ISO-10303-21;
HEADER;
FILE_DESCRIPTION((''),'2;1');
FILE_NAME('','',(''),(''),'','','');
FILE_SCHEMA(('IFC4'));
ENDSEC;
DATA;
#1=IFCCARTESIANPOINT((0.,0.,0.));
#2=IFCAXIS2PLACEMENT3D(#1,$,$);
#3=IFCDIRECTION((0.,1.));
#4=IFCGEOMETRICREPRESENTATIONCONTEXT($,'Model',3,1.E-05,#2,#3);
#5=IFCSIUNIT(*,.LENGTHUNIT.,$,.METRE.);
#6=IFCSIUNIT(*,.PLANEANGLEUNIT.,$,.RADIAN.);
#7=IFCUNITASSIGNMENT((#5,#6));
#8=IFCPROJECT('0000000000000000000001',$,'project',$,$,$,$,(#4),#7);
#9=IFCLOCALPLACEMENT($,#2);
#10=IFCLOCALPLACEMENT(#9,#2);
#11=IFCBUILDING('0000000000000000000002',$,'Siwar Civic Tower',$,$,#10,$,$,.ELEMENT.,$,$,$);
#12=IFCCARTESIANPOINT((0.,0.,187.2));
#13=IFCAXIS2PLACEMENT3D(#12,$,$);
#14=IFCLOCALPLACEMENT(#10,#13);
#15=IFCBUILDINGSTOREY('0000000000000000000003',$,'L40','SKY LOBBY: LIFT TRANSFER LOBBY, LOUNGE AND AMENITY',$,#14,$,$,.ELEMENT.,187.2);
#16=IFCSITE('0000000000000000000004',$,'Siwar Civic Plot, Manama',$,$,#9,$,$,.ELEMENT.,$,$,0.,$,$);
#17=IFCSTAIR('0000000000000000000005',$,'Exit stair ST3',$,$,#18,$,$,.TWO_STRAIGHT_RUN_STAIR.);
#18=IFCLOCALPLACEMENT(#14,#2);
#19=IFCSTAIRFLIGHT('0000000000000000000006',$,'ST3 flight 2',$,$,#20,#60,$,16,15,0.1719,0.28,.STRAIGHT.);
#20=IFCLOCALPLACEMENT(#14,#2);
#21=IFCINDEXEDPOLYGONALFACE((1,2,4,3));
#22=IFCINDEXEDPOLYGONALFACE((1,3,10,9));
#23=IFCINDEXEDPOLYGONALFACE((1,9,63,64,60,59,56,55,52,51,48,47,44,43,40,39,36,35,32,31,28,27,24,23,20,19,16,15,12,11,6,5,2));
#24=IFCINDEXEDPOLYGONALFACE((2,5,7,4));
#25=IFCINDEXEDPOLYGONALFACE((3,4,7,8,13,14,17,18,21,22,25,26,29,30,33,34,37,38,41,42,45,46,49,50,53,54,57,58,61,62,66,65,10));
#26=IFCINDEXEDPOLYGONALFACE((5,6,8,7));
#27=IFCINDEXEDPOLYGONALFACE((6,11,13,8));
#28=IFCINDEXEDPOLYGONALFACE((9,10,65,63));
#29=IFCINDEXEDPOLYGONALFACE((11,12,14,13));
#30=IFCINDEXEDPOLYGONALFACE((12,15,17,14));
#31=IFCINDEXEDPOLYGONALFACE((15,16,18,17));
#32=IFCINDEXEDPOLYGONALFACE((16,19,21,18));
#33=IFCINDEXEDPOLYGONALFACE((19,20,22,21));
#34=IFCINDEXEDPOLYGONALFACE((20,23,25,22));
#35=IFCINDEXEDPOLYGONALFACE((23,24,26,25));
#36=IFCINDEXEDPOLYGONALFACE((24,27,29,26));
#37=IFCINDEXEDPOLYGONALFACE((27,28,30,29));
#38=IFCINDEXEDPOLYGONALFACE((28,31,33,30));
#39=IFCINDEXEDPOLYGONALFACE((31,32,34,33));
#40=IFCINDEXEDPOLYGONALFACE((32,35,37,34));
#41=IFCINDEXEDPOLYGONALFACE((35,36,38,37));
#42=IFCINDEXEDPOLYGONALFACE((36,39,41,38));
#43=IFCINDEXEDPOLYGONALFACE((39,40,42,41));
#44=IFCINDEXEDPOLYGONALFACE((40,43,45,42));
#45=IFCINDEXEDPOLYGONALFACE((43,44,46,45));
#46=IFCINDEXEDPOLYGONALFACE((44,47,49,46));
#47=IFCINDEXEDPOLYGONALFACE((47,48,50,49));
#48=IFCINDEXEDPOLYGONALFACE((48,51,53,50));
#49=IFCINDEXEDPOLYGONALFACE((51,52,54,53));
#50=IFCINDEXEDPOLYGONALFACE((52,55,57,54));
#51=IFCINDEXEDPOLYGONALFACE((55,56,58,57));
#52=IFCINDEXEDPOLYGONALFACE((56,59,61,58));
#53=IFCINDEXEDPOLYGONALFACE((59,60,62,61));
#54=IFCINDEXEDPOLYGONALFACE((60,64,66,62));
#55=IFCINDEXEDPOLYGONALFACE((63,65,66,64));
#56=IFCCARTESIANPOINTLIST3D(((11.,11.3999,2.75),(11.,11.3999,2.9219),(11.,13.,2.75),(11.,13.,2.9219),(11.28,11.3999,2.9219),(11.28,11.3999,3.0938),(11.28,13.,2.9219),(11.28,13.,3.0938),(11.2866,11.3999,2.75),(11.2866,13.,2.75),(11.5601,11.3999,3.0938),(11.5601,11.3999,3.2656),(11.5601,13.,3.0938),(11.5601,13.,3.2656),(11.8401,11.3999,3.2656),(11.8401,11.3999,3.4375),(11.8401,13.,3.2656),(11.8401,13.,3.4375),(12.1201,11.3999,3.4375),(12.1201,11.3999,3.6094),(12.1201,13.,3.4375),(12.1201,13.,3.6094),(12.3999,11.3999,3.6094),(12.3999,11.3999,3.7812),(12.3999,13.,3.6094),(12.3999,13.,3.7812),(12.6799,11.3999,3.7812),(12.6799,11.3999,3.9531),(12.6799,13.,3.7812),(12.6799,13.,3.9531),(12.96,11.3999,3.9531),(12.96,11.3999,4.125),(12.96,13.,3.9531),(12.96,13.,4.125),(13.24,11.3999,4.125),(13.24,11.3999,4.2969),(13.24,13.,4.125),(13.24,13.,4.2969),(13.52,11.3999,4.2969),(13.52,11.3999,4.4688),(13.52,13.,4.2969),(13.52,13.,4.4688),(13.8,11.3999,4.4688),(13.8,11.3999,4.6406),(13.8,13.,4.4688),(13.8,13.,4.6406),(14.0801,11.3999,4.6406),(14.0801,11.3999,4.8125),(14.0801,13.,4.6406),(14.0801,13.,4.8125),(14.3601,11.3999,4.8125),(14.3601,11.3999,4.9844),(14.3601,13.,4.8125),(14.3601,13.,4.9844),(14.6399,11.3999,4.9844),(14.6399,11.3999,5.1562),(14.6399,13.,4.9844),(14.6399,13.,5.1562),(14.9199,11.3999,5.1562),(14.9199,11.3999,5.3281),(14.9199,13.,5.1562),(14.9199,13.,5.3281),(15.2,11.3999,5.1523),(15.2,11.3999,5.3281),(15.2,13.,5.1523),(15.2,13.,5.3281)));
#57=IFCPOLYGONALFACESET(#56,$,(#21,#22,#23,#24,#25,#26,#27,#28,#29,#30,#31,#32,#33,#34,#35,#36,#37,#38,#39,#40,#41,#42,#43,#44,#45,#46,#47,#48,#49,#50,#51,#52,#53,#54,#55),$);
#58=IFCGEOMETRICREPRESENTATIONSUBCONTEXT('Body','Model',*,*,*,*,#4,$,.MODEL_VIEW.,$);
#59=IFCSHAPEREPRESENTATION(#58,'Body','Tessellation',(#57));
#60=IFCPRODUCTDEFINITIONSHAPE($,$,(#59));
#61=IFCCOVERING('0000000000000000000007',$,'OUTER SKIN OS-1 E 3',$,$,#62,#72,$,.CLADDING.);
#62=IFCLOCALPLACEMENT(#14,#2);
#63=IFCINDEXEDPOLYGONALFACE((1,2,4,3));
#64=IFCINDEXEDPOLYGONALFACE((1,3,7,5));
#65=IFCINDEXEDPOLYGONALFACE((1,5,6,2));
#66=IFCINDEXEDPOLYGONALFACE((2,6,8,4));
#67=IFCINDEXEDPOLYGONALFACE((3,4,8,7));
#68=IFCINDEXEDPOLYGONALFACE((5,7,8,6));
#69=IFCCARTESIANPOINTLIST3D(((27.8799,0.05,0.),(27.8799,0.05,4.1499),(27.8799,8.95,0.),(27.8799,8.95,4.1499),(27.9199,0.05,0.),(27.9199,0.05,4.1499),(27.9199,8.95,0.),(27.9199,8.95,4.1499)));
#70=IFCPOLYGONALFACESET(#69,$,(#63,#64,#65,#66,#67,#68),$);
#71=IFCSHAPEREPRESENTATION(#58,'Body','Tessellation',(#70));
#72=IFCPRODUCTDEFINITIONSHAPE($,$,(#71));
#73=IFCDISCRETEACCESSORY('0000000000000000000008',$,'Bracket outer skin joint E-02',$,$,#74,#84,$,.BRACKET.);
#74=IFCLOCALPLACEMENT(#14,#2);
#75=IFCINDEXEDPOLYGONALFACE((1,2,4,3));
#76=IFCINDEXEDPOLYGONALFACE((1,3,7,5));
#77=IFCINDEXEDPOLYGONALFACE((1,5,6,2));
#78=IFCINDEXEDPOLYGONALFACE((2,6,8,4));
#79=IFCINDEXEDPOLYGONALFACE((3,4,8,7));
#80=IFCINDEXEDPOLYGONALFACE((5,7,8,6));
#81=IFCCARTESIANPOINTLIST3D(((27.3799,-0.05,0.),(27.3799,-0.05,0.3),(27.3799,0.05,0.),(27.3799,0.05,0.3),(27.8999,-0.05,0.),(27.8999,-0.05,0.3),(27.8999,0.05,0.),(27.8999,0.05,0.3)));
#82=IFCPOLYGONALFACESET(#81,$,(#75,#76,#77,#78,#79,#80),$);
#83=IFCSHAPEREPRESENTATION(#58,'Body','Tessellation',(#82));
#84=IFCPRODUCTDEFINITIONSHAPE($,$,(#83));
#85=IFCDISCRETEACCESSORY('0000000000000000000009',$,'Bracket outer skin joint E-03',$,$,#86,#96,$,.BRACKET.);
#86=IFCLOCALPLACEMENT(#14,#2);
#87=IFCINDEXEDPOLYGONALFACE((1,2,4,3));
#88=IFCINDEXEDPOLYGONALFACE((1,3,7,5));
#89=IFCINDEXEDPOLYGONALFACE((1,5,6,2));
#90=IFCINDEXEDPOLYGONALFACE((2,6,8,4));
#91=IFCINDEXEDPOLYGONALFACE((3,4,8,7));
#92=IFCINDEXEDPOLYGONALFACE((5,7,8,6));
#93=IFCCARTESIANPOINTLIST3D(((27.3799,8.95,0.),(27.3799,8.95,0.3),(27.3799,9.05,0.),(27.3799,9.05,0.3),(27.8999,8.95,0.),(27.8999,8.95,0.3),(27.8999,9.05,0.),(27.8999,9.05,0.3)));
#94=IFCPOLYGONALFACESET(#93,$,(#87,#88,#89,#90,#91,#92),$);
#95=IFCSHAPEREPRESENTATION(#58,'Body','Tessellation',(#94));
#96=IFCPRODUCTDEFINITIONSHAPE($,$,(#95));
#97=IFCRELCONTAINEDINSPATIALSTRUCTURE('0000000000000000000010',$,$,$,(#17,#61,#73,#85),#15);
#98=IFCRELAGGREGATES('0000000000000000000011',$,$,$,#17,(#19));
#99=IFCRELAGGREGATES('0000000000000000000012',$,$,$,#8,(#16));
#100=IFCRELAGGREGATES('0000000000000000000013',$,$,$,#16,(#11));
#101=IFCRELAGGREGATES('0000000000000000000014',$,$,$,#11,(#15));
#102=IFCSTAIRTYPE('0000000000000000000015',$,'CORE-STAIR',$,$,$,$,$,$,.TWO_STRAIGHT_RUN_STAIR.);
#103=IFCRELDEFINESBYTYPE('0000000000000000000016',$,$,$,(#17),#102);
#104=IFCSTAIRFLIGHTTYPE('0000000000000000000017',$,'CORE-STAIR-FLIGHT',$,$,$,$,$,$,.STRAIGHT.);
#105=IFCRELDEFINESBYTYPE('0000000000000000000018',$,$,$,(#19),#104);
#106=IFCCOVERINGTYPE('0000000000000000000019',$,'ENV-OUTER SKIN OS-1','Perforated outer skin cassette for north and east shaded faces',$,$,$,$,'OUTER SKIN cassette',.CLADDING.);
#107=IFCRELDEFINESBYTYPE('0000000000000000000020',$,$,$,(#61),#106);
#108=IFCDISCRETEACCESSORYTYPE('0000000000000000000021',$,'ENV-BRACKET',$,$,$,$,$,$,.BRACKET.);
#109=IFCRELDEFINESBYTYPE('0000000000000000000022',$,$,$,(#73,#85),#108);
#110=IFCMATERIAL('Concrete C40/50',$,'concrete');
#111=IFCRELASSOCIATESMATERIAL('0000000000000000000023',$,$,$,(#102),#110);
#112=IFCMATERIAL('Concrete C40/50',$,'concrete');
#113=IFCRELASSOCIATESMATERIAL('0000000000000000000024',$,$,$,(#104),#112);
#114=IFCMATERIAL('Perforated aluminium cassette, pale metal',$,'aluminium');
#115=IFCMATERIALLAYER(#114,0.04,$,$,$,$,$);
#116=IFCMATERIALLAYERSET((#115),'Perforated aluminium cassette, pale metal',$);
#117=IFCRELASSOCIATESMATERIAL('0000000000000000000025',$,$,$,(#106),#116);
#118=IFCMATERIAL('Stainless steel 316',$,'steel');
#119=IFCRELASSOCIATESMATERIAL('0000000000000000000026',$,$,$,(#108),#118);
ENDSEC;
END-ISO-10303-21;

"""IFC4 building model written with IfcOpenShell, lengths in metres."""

from ifc_helpers import new_model, si_unit, direction, frame, origin, origin_2d, place, context, subcontext, project, spatial, polyline, rectangle, outline, extrude, material, layer, layer_set, type_object, element, aggregate, save


model = new_model("IFC4")

# Units and contexts
model_context = context("Model", 3, precision=1e-05, world=origin(), true_north=direction((0.0, 1.0)))
body_context = subcontext(model_context, "Body", "Model", "MODEL_VIEW")
ifc_project = project(units=[si_unit("LENGTHUNIT", "METRE"), si_unit("PLANEANGLEUNIT", "RADIAN")], contexts=[model_context])

# Site, building, storey
site_placement = place(None, origin())
site = spatial("IfcSite", under=ifc_project, at=site_placement, Name="Siwar Civic Plot, Manama", CompositionType="ELEMENT", RefElevation=0.0)
building_placement = place(site_placement, origin())
building = spatial("IfcBuilding", under=site, at=building_placement, Name="Siwar Civic Tower", CompositionType="ELEMENT")
storey_placement = place(building_placement, frame((0.0, 0.0, 187.2)))
storey = spatial("IfcBuildingStorey", under=building, at=storey_placement, Name="L40", Description="SKY LOBBY: LIFT TRANSFER LOBBY, LOUNGE AND AMENITY", CompositionType="ELEMENT", Elevation=187.2)

# Stair, stair flight
ifc_material_1 = material(Name="Concrete C40/50", Category="concrete")
stair_type = type_object("IfcStairType", Name="CORE-STAIR", PredefinedType="TWO_STRAIGHT_RUN_STAIR", material=ifc_material_1)
stair_placement = place(storey_placement, origin())
stair = element("IfcStair", 1, at=stair_placement, inside=storey, type_object=stair_type, Name="Exit stair ST3", PredefinedType="TWO_STRAIGHT_RUN_STAIR")
ifc_material_2 = material(Name="Concrete C40/50", Category="concrete")
stair_flight_type = type_object("IfcStairFlightType", Name="CORE-STAIR-FLIGHT", PredefinedType="STRAIGHT", material=ifc_material_2)
stair_flight_1_placement = place(storey_placement, frame((11.0, 12.2, 2.75), z_axis=(0.0, 0.0, 1.0), x_axis=(1.0, 0.0, 0.0)))
stair_flight_1 = element("IfcStairFlight", 2, at=stair_flight_1_placement, type_object=stair_flight_type, Name="ST3 flight 2", NumberOfRisers=16, NumberOfTreads=15, PredefinedType="STRAIGHT", RiserHeight=0.1719, TreadLength=0.28, context=body_context, shape_type="SweptSolid", body=[
    extrude(outline(polyline([(0.0, 0.0), (0.0, 0.1719), (0.28, 0.1719), (0.28, 0.3438), (0.5601, 0.3438), (0.5601, 0.5156), (0.8401, 0.5156), (0.8401, 0.6875), (1.1201, 0.6875), (1.1201, 0.8594), (1.3999, 0.8594), (1.3999, 1.0312), (1.6799, 1.0312), (1.6799, 1.2031), (1.96, 1.2031), (1.96, 1.375), (2.24, 1.375), (2.24, 1.5469), (2.52, 1.5469), (2.52, 1.7188), (2.8, 1.7188), (2.8, 1.8906), (3.0801, 1.8906), (3.0801, 2.0625), (3.3601, 2.0625), (3.3601, 2.2344), (3.6399, 2.2344), (3.6399, 2.4062), (3.9199, 2.4062), (3.9199, 2.5781), (4.2, 2.5781), (4.2, 2.75), (4.2, 2.4023), (0.2866, 0.0), (0.0, 0.0)])), frame((0.0, 0.8, 0.0), z_axis=(0.0, -1.0, 0.0), x_axis=(1.0, 0.0, 0.0)), (0.0, 0.0, 1.0), 1.6001),
])
aggregate(stair, [stair_flight_1])

# Covering
ifc_material_3 = material(Name="Perforated aluminium cassette, pale metal", Category="aluminium")
ifc_layer_1 = layer(ifc_material_3, 0.04)
ifc_layer_set_1 = layer_set([ifc_layer_1], Name="Perforated aluminium cassette, pale metal")
covering_type = type_object("IfcCoveringType", Name="ENV-OUTER SKIN OS-1", Description="Perforated outer skin cassette for north and east shaded faces", ElementType="OUTER SKIN cassette", PredefinedType="CLADDING", material=ifc_layer_set_1)
covering_placement = place(storey_placement, frame((27.8999, 4.5, 0.0), z_axis=(0.0, 0.0, 1.0), x_axis=(0.0, 1.0, 0.0)))
element("IfcCovering", 3, at=covering_placement, inside=storey, type_object=covering_type, Name="OUTER SKIN OS-1 E 3", PredefinedType="CLADDING", context=body_context, shape_type="SweptSolid", body=[
    extrude(rectangle(XDim=8.8999, YDim=0.04, at=origin_2d()), origin(), (0.0, 0.0, 1.0), 4.1499),
])

# Discrete accessories
ifc_material_4 = material(Name="Stainless steel 316", Category="steel")
discrete_accessory_type = type_object("IfcDiscreteAccessoryType", Name="ENV-BRACKET", PredefinedType="BRACKET", material=ifc_material_4)
for number, where, z_axis, x_axis, name in (
    (4, (27.6399, 0.0, 0.0), (0.0, 0.0, 1.0), (1.0, 0.0, 0.0), "Bracket outer skin joint E-02"),
    (5, (27.6399, 9.0, 0.0), (0.0, 0.0, 1.0), (1.0, 0.0, 0.0), "Bracket outer skin joint E-03"),
):
    element("IfcDiscreteAccessory", number, at=place(storey_placement, frame(where, z_axis=z_axis, x_axis=x_axis)), inside=storey, type_object=discrete_accessory_type, Name=name, PredefinedType="BRACKET", context=body_context, shape_type="SweptSolid", body=[
        extrude(rectangle(XDim=0.52, YDim=0.1001, at=origin_2d()), origin(), (0.0, 0.0, 1.0), 0.3),
    ])

save(model, "model.ifc")
